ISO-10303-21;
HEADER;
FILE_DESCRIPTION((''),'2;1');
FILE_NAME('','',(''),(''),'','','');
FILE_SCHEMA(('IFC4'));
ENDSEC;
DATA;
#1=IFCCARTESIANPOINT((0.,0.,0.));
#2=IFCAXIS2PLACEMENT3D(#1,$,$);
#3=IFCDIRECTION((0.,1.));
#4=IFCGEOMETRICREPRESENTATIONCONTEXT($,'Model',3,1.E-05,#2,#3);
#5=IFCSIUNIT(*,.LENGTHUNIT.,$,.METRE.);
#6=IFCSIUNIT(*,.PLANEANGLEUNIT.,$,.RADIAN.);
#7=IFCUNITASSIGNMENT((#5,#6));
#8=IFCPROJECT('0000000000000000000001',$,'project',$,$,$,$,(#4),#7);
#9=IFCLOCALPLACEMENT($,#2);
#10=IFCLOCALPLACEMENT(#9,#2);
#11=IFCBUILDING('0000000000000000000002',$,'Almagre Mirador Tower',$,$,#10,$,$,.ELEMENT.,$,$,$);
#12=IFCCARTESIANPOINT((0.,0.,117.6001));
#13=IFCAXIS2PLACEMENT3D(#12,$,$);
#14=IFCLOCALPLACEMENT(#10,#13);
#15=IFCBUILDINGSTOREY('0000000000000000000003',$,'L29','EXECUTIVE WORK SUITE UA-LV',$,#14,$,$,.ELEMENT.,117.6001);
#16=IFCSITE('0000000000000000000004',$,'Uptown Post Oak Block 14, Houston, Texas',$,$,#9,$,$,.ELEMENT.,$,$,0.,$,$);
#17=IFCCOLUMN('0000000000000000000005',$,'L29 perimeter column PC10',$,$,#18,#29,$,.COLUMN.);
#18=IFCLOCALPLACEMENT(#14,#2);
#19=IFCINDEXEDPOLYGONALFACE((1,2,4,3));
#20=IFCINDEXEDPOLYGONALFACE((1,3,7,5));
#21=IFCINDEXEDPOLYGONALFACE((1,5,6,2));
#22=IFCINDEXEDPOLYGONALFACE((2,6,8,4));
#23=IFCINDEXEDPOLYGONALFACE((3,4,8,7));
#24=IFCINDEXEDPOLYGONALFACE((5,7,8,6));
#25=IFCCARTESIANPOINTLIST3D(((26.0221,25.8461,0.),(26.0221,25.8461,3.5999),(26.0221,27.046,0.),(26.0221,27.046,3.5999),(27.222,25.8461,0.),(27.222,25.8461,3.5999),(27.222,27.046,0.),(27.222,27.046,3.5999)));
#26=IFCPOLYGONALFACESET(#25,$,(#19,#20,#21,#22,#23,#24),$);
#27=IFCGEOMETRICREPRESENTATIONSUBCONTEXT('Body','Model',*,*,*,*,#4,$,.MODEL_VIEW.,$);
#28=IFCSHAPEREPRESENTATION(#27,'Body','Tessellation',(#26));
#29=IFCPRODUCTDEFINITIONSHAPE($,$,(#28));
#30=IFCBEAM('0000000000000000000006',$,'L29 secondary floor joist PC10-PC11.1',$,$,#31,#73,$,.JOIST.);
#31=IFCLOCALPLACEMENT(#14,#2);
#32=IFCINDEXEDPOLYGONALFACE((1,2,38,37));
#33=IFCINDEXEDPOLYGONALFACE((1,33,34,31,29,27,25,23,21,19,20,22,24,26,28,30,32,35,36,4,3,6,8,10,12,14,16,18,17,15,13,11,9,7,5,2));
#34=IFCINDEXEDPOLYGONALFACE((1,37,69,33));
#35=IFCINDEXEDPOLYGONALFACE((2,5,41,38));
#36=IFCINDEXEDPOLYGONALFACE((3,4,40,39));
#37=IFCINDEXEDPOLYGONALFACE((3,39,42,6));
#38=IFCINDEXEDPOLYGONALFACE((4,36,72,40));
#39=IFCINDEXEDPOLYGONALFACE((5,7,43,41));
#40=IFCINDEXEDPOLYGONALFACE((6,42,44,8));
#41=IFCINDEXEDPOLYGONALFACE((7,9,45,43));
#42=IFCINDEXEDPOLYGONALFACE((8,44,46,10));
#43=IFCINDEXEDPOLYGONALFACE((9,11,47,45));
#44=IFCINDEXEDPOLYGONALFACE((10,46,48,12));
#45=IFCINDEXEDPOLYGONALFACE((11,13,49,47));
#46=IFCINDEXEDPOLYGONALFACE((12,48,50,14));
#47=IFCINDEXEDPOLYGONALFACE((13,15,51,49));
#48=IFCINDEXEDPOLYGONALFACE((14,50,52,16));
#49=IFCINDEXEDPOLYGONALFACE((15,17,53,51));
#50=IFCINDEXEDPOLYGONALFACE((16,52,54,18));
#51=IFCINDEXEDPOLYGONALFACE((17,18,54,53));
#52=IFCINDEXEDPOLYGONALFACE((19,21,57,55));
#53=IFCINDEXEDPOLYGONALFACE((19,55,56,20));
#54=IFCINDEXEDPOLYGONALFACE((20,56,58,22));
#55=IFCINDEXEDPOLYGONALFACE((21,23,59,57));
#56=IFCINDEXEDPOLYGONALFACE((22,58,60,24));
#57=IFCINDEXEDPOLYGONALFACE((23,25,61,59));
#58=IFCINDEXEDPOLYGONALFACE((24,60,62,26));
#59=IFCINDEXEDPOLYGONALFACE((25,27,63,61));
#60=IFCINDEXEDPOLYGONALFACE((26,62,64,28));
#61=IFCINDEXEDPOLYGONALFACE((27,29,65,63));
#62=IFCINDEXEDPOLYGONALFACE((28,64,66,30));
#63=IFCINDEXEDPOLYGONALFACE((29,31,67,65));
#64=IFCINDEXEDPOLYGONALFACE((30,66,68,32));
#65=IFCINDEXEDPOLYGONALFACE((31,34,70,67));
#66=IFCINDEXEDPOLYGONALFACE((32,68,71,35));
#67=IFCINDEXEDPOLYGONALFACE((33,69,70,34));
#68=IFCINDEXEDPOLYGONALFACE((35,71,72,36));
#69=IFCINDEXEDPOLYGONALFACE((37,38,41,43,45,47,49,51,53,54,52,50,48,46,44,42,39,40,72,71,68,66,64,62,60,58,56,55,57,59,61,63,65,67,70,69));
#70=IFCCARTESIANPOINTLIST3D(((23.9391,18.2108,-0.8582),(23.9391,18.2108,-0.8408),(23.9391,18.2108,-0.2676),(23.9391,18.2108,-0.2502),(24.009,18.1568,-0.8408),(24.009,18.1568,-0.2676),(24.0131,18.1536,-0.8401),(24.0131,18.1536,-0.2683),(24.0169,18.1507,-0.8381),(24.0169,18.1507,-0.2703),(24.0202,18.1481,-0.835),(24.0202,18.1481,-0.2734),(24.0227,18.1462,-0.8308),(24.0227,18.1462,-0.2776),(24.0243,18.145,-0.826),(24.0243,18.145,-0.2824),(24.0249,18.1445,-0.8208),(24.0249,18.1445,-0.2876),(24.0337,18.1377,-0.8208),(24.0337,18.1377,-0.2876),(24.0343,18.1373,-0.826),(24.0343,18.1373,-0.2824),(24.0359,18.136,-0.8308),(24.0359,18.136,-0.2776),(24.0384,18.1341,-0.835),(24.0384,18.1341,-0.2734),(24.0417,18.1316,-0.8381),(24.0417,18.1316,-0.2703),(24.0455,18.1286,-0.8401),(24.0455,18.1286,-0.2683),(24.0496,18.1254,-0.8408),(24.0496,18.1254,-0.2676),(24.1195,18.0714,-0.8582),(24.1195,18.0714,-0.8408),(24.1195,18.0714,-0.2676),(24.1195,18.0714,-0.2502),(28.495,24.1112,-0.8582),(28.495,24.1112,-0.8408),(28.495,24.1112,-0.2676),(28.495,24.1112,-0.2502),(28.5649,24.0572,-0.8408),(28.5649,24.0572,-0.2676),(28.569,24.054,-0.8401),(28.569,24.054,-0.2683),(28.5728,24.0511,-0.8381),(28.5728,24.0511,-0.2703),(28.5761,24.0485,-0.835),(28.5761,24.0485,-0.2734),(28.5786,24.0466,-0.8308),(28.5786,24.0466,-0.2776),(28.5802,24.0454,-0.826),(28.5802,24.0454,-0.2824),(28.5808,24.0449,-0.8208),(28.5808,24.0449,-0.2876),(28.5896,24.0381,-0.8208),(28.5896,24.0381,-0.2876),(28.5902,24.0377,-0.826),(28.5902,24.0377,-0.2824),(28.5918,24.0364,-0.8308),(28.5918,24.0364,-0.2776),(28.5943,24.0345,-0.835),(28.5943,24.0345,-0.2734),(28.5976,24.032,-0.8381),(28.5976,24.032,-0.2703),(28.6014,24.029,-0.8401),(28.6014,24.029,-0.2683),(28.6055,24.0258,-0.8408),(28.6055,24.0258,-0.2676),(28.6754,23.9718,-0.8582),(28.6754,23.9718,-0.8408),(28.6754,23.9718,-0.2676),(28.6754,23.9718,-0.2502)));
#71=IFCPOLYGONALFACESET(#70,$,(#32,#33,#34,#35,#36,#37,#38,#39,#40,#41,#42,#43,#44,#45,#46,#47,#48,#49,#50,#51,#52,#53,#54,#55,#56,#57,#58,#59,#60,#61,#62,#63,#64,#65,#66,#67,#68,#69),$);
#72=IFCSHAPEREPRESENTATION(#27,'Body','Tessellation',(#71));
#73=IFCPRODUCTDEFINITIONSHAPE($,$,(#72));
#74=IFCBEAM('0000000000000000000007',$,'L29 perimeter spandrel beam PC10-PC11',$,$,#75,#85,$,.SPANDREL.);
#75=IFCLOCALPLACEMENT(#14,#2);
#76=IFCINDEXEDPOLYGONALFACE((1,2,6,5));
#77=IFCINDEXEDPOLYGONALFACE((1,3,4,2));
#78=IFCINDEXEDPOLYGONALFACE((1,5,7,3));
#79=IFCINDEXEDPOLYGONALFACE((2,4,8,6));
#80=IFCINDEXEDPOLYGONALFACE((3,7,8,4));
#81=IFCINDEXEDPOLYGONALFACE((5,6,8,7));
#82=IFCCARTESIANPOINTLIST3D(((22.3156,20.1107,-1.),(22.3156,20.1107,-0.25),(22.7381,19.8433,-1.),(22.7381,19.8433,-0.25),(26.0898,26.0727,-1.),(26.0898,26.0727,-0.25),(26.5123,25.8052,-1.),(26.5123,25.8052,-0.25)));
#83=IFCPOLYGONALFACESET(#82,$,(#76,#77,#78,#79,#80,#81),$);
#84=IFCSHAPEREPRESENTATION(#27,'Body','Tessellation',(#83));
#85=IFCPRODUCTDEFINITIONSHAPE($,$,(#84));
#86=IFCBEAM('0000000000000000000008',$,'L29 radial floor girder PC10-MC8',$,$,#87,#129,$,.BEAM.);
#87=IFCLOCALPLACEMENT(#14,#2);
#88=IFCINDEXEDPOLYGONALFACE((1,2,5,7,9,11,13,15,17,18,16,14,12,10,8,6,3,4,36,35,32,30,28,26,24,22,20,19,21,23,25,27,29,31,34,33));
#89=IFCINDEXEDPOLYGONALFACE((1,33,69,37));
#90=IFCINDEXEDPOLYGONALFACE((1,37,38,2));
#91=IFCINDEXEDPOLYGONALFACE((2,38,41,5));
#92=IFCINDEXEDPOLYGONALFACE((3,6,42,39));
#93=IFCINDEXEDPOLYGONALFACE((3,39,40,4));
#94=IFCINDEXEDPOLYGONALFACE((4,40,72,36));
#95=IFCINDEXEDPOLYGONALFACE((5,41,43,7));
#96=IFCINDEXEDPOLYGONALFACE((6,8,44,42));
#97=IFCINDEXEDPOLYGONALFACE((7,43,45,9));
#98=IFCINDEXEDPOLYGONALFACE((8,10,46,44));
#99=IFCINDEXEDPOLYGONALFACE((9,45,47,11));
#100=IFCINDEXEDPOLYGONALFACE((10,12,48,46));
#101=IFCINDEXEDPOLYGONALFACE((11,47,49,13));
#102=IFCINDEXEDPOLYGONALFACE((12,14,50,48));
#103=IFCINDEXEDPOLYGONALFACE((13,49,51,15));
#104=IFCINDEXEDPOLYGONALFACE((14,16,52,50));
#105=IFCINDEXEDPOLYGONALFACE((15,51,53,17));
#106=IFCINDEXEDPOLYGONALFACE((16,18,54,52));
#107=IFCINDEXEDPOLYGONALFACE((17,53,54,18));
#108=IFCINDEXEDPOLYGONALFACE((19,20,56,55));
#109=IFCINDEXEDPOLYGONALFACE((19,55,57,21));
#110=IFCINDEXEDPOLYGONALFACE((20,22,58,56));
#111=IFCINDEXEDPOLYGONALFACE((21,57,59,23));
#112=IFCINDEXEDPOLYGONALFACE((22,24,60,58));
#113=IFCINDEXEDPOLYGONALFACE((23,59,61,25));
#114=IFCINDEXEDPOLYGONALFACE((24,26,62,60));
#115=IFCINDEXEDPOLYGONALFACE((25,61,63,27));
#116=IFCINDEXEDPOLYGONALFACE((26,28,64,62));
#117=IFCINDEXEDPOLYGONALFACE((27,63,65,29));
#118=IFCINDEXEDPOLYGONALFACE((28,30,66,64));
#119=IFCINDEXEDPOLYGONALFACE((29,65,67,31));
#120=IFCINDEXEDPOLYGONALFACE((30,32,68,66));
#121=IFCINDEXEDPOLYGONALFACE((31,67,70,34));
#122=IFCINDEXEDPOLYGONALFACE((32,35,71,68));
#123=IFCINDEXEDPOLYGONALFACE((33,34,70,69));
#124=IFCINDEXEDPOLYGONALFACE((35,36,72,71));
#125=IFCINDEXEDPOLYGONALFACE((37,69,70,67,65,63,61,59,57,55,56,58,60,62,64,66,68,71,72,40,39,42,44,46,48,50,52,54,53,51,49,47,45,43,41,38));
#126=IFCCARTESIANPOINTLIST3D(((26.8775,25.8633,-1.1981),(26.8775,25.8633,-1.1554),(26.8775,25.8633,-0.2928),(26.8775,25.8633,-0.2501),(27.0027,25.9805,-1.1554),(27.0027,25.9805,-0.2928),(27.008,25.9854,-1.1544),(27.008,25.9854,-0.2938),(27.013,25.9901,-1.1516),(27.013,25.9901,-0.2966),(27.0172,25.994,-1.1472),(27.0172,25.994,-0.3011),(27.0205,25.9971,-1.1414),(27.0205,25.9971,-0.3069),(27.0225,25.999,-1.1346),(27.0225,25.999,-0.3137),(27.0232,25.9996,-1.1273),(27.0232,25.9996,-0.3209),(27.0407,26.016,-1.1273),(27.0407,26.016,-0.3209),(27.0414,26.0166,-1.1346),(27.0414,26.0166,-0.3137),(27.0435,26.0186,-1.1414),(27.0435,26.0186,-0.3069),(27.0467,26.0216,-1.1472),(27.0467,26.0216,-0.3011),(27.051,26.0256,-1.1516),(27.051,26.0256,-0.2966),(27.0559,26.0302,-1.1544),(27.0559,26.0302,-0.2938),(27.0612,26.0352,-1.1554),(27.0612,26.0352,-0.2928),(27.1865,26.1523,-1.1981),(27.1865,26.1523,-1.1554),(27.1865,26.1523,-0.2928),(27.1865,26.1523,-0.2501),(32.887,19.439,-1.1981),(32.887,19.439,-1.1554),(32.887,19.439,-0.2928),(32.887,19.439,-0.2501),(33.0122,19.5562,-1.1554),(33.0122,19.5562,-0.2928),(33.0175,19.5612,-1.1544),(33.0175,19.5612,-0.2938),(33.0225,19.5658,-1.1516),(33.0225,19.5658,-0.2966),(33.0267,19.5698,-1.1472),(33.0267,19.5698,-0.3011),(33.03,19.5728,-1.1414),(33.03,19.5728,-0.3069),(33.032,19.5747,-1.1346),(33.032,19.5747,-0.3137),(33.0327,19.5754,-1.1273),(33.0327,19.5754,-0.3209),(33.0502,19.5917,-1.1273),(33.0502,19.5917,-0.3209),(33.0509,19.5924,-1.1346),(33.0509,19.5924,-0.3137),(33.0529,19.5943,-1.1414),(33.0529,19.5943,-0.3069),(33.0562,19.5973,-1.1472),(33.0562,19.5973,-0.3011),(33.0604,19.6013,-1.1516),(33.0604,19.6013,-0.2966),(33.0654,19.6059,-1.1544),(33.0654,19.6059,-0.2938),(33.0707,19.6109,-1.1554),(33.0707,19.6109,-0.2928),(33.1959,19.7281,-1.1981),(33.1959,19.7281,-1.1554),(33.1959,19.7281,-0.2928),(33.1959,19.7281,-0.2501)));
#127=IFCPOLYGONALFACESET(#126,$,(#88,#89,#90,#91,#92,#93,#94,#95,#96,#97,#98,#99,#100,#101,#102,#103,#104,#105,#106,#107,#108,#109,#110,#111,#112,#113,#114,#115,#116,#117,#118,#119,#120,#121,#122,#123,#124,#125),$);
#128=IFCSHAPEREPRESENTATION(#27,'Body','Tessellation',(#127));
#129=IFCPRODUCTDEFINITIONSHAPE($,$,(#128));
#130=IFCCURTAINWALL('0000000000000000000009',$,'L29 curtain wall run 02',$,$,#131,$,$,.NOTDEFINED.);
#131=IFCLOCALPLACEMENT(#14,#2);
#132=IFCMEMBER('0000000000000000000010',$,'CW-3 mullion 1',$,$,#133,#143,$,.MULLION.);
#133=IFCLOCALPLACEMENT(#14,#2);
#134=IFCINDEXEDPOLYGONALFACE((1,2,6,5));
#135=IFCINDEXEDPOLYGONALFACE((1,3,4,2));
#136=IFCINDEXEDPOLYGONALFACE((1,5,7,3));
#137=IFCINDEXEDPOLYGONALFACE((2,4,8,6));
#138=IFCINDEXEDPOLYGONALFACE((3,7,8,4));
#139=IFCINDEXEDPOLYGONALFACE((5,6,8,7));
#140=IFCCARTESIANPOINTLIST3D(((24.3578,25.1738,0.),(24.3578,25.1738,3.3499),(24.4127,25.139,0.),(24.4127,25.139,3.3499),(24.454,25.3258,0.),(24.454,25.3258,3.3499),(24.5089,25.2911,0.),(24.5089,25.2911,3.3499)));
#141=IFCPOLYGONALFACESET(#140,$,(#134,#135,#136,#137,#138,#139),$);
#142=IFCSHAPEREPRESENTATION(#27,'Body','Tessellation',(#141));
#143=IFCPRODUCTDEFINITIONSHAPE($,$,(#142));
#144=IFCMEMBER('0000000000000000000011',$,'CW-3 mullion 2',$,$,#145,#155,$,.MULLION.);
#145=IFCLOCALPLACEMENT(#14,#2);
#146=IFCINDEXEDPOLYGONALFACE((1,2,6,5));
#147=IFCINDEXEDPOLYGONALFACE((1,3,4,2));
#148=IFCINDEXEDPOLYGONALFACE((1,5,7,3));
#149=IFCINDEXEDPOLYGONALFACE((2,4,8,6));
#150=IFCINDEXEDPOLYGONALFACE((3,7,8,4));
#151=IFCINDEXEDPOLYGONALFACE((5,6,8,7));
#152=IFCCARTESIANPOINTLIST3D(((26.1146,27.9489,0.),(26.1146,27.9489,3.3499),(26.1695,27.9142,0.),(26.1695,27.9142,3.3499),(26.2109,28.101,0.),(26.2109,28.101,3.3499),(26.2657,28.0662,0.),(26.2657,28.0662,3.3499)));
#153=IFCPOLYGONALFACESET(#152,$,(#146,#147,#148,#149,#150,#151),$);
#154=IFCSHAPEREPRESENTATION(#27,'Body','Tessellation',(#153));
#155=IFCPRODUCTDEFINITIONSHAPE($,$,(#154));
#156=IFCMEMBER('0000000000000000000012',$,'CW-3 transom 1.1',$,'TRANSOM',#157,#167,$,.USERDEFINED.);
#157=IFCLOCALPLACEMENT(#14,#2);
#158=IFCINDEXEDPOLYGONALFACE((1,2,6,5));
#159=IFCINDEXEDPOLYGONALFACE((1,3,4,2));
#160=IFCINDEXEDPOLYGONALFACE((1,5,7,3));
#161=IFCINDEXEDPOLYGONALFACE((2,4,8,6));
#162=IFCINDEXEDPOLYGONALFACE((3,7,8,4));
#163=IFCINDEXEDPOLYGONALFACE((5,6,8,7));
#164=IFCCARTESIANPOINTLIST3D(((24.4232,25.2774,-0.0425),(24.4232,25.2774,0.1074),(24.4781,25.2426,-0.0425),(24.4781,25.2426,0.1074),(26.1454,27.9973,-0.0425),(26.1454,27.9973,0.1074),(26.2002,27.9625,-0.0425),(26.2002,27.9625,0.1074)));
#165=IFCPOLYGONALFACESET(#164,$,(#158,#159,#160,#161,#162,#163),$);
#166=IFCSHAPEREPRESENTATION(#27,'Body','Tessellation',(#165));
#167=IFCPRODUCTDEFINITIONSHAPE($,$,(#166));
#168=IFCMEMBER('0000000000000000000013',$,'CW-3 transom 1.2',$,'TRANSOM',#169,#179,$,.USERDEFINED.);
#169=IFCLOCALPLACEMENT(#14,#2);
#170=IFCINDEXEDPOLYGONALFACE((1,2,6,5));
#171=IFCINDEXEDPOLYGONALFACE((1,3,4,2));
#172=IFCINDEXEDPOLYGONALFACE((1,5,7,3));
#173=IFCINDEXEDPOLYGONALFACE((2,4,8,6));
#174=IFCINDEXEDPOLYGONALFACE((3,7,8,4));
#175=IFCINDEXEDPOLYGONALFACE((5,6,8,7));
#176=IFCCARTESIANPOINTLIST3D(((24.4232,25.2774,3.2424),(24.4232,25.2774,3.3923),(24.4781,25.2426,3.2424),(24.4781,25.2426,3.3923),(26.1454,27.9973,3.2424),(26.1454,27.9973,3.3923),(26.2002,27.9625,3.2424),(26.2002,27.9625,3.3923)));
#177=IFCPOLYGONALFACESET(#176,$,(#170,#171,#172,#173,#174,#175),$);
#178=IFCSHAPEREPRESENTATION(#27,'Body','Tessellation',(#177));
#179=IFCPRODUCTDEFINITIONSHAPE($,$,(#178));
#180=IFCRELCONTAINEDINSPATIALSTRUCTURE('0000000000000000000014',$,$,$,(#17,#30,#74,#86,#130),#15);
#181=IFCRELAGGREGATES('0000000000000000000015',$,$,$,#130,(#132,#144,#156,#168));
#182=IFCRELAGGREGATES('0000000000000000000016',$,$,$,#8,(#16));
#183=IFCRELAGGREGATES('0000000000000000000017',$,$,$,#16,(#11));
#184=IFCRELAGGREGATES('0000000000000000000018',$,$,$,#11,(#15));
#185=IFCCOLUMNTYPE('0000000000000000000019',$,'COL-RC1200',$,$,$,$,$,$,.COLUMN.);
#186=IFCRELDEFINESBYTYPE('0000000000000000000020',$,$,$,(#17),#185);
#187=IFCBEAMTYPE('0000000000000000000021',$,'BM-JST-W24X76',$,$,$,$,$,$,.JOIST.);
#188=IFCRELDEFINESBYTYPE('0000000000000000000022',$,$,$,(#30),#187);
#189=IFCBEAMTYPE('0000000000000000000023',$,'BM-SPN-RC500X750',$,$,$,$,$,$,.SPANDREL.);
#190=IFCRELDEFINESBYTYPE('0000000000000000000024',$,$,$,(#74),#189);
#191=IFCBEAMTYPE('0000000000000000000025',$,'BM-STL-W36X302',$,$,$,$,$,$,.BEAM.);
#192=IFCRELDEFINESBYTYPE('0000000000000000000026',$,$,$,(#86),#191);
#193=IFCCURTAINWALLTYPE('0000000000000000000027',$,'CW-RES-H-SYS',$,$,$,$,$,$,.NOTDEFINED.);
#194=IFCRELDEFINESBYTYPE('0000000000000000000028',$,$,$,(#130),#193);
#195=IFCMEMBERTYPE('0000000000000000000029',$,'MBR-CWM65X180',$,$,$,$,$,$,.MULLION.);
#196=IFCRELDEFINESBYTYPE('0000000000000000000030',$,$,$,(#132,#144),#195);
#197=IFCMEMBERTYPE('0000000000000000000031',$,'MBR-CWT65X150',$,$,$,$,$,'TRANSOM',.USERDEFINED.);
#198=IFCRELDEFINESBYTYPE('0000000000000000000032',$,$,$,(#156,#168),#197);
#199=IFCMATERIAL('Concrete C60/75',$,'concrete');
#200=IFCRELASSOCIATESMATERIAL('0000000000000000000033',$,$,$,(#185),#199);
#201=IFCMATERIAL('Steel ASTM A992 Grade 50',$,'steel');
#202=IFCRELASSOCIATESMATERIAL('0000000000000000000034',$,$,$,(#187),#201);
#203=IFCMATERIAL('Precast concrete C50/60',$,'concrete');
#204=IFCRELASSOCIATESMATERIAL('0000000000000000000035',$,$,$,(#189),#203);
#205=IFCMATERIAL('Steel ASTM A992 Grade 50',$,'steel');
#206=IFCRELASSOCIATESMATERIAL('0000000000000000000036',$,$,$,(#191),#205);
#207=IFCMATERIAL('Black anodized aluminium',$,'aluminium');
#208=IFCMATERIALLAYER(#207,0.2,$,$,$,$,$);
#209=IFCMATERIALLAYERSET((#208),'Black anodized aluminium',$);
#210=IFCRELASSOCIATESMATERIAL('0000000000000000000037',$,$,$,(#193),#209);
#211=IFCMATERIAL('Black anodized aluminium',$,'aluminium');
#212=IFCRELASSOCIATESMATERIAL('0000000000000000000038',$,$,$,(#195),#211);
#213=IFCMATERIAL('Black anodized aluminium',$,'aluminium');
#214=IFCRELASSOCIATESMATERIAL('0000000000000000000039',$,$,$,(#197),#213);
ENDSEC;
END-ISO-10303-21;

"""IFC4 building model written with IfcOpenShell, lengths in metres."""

from ifc_helpers import new_model, si_unit, direction, frame, origin, origin_2d, place, context, subcontext, project, spatial, rectangle, i_section, extrude, material, layer, layer_set, material_profile, profile_set, type_object, element, aggregate, save


model = new_model("IFC4")

# Units and contexts
model_context = context("Model", 3, precision=1e-05, world=origin(), true_north=direction((0.0, 1.0)))
body_context = subcontext(model_context, "Body", "Model", "MODEL_VIEW")
ifc_project = project(units=[si_unit("LENGTHUNIT", "METRE"), si_unit("PLANEANGLEUNIT", "RADIAN")], contexts=[model_context])

# Site, building, storey
site_placement = place(None, origin())
site = spatial("IfcSite", under=ifc_project, at=site_placement, Name="Uptown Post Oak Block 14, Houston, Texas", CompositionType="ELEMENT", RefElevation=0.0)
building_placement = place(site_placement, origin())
building = spatial("IfcBuilding", under=site, at=building_placement, Name="Almagre Mirador Tower", CompositionType="ELEMENT")
storey_placement = place(building_placement, frame((0.0, 0.0, 117.6001)))
storey = spatial("IfcBuildingStorey", under=building, at=storey_placement, Name="L29", Description="EXECUTIVE WORK SUITE UA-LV", CompositionType="ELEMENT", Elevation=117.6001)

# Column
ifc_material_1 = material(Name="Concrete C60/75", Category="concrete")
ifc_material_profile_1 = material_profile(ifc_material_1, rectangle(XDim=1.2, YDim=1.2, at=origin_2d()), Name="RC1200X1200")
ifc_profile_set_1 = profile_set([ifc_material_profile_1], Name="Concrete C60/75")
column_type = type_object("IfcColumnType", Name="COL-RC1200", PredefinedType="COLUMN", material=ifc_profile_set_1)
column_placement = place(storey_placement, frame((26.6221, 26.446, 0.0), z_axis=(0.0, 0.0, 1.0), x_axis=(1.0, 0.0, 0.0)))
element("IfcColumn", 1, at=column_placement, inside=storey, type_object=column_type, Name="L29 perimeter column PC10", PredefinedType="COLUMN", context=body_context, shape_type="SweptSolid", body=[
    extrude(rectangle(XDim=1.2, YDim=1.2, at=origin_2d()), origin(), (0.0, 0.0, 1.0), 3.5999),
])

# Beams
ifc_material_2 = material(Name="Steel ASTM A992 Grade 50", Category="steel")
ifc_material_profile_2 = material_profile(ifc_material_2, i_section(OverallWidth=0.228, OverallDepth=0.6079, WebThickness=0.0112, FlangeThickness=0.0173, FilletRadius=0.02, at=origin_2d()), Name="W24X76")
ifc_profile_set_2 = profile_set([ifc_material_profile_2], Name="Steel ASTM A992 Grade 50")
beam_type_1 = type_object("IfcBeamType", Name="BM-JST-W24X76", PredefinedType="JOIST", material=ifc_profile_set_2)
beam_1_placement = place(storey_placement, frame((28.5852, 24.0415, -0.5542), z_axis=(-0.611155, -0.791511, 0.0), x_axis=(0.791511, -0.611155, 0.0)))
element("IfcBeam", 2, at=beam_1_placement, inside=storey, type_object=beam_type_1, Name="L29 secondary floor joist PC10-PC11.1", PredefinedType="JOIST", context=body_context, shape_type="SweptSolid", body=[
    extrude(i_section(OverallWidth=0.228, OverallDepth=0.6079, WebThickness=0.0112, FlangeThickness=0.0173, FilletRadius=0.02, at=origin_2d()), origin(), (0.0, 0.0, 1.0), 7.4546),
])
ifc_material_3 = material(Name="Precast concrete C50/60", Category="concrete")
ifc_material_profile_3 = material_profile(ifc_material_3, rectangle(XDim=0.5, YDim=0.75, at=origin_2d()), Name="RC500X750")
ifc_profile_set_3 = profile_set([ifc_material_profile_3], Name="Precast concrete C50/60")
beam_type_2 = type_object("IfcBeamType", Name="BM-SPN-RC500X750", PredefinedType="SPANDREL", material=ifc_profile_set_3)
beam_2_placement = place(storey_placement, frame((26.301, 25.939, -0.625), z_axis=(-0.534879, -0.844929, 0.0), x_axis=(0.844929, -0.534879, 0.0)))
element("IfcBeam", 3, at=beam_2_placement, inside=storey, type_object=beam_type_2, Name="L29 perimeter spandrel beam PC10-PC11", PredefinedType="SPANDREL", context=body_context, shape_type="SweptSolid", body=[
    extrude(rectangle(XDim=0.5, YDim=0.75, at=origin_2d()), origin(), (0.0, 0.0, 1.0), 7.0562),
])
ifc_material_4 = material(Name="Steel ASTM A992 Grade 50", Category="steel")
ifc_material_profile_4 = material_profile(ifc_material_4, i_section(OverallWidth=0.4231, OverallDepth=0.948, WebThickness=0.0239, FlangeThickness=0.0427, FilletRadius=0.0281, at=origin_2d()), Name="W36X302")
ifc_profile_set_4 = profile_set([ifc_material_profile_4], Name="Steel ASTM A992 Grade 50")
beam_type_3 = type_object("IfcBeamType", Name="BM-STL-W36X302", PredefinedType="BEAM", material=ifc_profile_set_4)
beam_3_placement = place(storey_placement, frame((27.032, 26.0078, -0.7241), z_axis=(0.683138, -0.73029, 0.0), x_axis=(0.73029, 0.683138, 0.0)))
element("IfcBeam", 4, at=beam_3_placement, inside=storey, type_object=beam_type_3, Name="L29 radial floor girder PC10-MC8", PredefinedType="BEAM", context=body_context, shape_type="SweptSolid", body=[
    extrude(i_section(OverallWidth=0.4231, OverallDepth=0.948, WebThickness=0.0239, FlangeThickness=0.0427, FilletRadius=0.0281, at=origin_2d()), origin(), (0.0, 0.0, 1.0), 8.7969),
])

# Curtain wall, members
ifc_material_5 = material(Name="Black anodized aluminium", Category="aluminium")
ifc_layer_1 = layer(ifc_material_5, 0.2)
ifc_layer_set_1 = layer_set([ifc_layer_1], Name="Black anodized aluminium")
curtain_wall_type = type_object("IfcCurtainWallType", Name="CW-RES-H-SYS", PredefinedType="NOTDEFINED", material=ifc_layer_set_1)
curtain_wall_placement = place(storey_placement, origin())
curtain_wall = element("IfcCurtainWall", 5, at=curtain_wall_placement, inside=storey, type_object=curtain_wall_type, Name="L29 curtain wall run 02", PredefinedType="NOTDEFINED")
ifc_material_6 = material(Name="Black anodized aluminium", Category="aluminium")
ifc_material_profile_5 = material_profile(ifc_material_6, rectangle(XDim=0.0649, YDim=0.1799, at=origin_2d()), Name="CWM65X180")
ifc_profile_set_5 = profile_set([ifc_material_profile_5], Name="Black anodized aluminium")
member_type_1 = type_object("IfcMemberType", Name="MBR-CWM65X180", PredefinedType="MULLION", material=ifc_profile_set_5)
member_1_placement = place(storey_placement, frame((24.4333, 25.2324, 0.0), z_axis=(0.0, 0.0, 1.0), x_axis=(-0.844924, 0.534887, 0.0)))
member_1 = element("IfcMember", 6, at=member_1_placement, type_object=member_type_1, Name="CW-3 mullion 1", PredefinedType="MULLION", context=body_context, shape_type="SweptSolid", body=[
    extrude(rectangle(XDim=0.0649, YDim=0.1799, at=origin_2d()), origin(), (0.0, 0.0, 1.0), 3.3499),
])
member_2_placement = place(storey_placement, frame((26.1902, 28.0076, 0.0), z_axis=(0.0, 0.0, 1.0), x_axis=(-0.844924, 0.534887, 0.0)))
member_2 = element("IfcMember", 7, at=member_2_placement, type_object=member_type_1, Name="CW-3 mullion 2", PredefinedType="MULLION", context=body_context, shape_type="SweptSolid", body=[
    extrude(rectangle(XDim=0.0649, YDim=0.1799, at=origin_2d()), origin(), (0.0, 0.0, 1.0), 3.3499),
])
ifc_material_7 = material(Name="Black anodized aluminium", Category="aluminium")
ifc_material_profile_6 = material_profile(ifc_material_7, rectangle(XDim=0.0649, YDim=0.1499, at=origin_2d()), Name="CWT65X150")
ifc_profile_set_6 = profile_set([ifc_material_profile_6], Name="Black anodized aluminium")
member_type_2 = type_object("IfcMemberType", Name="MBR-CWT65X150", ElementType="TRANSOM", PredefinedType="USERDEFINED", material=ifc_profile_set_6)
member_3_placement = place(storey_placement, frame((24.4507, 25.26, 0.0325), z_axis=(0.534946, 0.844886, 0.0), x_axis=(-0.844886, 0.534946, 0.0)))
member_3 = element("IfcMember", 8, at=member_3_placement, type_object=member_type_2, Name="CW-3 transom 1.1", ObjectType="TRANSOM", PredefinedType="USERDEFINED", context=body_context, shape_type="SweptSolid", body=[
    extrude(rectangle(XDim=0.0649, YDim=0.1499, at=origin_2d()), origin(), (0.0, 0.0, 1.0), 3.2192),
])
member_4_placement = place(storey_placement, frame((24.4507, 25.26, 3.3174), z_axis=(0.534946, 0.844886, 0.0), x_axis=(-0.844886, 0.534946, 0.0)))
member_4 = element("IfcMember", 9, at=member_4_placement, type_object=member_type_2, Name="CW-3 transom 1.2", ObjectType="TRANSOM", PredefinedType="USERDEFINED", context=body_context, shape_type="SweptSolid", body=[
    extrude(rectangle(XDim=0.0649, YDim=0.1499, at=origin_2d()), origin(), (0.0, 0.0, 1.0), 3.2192),
])
aggregate(curtain_wall, [member_1, member_2, member_3, member_4])

save(model, "model.ifc")
